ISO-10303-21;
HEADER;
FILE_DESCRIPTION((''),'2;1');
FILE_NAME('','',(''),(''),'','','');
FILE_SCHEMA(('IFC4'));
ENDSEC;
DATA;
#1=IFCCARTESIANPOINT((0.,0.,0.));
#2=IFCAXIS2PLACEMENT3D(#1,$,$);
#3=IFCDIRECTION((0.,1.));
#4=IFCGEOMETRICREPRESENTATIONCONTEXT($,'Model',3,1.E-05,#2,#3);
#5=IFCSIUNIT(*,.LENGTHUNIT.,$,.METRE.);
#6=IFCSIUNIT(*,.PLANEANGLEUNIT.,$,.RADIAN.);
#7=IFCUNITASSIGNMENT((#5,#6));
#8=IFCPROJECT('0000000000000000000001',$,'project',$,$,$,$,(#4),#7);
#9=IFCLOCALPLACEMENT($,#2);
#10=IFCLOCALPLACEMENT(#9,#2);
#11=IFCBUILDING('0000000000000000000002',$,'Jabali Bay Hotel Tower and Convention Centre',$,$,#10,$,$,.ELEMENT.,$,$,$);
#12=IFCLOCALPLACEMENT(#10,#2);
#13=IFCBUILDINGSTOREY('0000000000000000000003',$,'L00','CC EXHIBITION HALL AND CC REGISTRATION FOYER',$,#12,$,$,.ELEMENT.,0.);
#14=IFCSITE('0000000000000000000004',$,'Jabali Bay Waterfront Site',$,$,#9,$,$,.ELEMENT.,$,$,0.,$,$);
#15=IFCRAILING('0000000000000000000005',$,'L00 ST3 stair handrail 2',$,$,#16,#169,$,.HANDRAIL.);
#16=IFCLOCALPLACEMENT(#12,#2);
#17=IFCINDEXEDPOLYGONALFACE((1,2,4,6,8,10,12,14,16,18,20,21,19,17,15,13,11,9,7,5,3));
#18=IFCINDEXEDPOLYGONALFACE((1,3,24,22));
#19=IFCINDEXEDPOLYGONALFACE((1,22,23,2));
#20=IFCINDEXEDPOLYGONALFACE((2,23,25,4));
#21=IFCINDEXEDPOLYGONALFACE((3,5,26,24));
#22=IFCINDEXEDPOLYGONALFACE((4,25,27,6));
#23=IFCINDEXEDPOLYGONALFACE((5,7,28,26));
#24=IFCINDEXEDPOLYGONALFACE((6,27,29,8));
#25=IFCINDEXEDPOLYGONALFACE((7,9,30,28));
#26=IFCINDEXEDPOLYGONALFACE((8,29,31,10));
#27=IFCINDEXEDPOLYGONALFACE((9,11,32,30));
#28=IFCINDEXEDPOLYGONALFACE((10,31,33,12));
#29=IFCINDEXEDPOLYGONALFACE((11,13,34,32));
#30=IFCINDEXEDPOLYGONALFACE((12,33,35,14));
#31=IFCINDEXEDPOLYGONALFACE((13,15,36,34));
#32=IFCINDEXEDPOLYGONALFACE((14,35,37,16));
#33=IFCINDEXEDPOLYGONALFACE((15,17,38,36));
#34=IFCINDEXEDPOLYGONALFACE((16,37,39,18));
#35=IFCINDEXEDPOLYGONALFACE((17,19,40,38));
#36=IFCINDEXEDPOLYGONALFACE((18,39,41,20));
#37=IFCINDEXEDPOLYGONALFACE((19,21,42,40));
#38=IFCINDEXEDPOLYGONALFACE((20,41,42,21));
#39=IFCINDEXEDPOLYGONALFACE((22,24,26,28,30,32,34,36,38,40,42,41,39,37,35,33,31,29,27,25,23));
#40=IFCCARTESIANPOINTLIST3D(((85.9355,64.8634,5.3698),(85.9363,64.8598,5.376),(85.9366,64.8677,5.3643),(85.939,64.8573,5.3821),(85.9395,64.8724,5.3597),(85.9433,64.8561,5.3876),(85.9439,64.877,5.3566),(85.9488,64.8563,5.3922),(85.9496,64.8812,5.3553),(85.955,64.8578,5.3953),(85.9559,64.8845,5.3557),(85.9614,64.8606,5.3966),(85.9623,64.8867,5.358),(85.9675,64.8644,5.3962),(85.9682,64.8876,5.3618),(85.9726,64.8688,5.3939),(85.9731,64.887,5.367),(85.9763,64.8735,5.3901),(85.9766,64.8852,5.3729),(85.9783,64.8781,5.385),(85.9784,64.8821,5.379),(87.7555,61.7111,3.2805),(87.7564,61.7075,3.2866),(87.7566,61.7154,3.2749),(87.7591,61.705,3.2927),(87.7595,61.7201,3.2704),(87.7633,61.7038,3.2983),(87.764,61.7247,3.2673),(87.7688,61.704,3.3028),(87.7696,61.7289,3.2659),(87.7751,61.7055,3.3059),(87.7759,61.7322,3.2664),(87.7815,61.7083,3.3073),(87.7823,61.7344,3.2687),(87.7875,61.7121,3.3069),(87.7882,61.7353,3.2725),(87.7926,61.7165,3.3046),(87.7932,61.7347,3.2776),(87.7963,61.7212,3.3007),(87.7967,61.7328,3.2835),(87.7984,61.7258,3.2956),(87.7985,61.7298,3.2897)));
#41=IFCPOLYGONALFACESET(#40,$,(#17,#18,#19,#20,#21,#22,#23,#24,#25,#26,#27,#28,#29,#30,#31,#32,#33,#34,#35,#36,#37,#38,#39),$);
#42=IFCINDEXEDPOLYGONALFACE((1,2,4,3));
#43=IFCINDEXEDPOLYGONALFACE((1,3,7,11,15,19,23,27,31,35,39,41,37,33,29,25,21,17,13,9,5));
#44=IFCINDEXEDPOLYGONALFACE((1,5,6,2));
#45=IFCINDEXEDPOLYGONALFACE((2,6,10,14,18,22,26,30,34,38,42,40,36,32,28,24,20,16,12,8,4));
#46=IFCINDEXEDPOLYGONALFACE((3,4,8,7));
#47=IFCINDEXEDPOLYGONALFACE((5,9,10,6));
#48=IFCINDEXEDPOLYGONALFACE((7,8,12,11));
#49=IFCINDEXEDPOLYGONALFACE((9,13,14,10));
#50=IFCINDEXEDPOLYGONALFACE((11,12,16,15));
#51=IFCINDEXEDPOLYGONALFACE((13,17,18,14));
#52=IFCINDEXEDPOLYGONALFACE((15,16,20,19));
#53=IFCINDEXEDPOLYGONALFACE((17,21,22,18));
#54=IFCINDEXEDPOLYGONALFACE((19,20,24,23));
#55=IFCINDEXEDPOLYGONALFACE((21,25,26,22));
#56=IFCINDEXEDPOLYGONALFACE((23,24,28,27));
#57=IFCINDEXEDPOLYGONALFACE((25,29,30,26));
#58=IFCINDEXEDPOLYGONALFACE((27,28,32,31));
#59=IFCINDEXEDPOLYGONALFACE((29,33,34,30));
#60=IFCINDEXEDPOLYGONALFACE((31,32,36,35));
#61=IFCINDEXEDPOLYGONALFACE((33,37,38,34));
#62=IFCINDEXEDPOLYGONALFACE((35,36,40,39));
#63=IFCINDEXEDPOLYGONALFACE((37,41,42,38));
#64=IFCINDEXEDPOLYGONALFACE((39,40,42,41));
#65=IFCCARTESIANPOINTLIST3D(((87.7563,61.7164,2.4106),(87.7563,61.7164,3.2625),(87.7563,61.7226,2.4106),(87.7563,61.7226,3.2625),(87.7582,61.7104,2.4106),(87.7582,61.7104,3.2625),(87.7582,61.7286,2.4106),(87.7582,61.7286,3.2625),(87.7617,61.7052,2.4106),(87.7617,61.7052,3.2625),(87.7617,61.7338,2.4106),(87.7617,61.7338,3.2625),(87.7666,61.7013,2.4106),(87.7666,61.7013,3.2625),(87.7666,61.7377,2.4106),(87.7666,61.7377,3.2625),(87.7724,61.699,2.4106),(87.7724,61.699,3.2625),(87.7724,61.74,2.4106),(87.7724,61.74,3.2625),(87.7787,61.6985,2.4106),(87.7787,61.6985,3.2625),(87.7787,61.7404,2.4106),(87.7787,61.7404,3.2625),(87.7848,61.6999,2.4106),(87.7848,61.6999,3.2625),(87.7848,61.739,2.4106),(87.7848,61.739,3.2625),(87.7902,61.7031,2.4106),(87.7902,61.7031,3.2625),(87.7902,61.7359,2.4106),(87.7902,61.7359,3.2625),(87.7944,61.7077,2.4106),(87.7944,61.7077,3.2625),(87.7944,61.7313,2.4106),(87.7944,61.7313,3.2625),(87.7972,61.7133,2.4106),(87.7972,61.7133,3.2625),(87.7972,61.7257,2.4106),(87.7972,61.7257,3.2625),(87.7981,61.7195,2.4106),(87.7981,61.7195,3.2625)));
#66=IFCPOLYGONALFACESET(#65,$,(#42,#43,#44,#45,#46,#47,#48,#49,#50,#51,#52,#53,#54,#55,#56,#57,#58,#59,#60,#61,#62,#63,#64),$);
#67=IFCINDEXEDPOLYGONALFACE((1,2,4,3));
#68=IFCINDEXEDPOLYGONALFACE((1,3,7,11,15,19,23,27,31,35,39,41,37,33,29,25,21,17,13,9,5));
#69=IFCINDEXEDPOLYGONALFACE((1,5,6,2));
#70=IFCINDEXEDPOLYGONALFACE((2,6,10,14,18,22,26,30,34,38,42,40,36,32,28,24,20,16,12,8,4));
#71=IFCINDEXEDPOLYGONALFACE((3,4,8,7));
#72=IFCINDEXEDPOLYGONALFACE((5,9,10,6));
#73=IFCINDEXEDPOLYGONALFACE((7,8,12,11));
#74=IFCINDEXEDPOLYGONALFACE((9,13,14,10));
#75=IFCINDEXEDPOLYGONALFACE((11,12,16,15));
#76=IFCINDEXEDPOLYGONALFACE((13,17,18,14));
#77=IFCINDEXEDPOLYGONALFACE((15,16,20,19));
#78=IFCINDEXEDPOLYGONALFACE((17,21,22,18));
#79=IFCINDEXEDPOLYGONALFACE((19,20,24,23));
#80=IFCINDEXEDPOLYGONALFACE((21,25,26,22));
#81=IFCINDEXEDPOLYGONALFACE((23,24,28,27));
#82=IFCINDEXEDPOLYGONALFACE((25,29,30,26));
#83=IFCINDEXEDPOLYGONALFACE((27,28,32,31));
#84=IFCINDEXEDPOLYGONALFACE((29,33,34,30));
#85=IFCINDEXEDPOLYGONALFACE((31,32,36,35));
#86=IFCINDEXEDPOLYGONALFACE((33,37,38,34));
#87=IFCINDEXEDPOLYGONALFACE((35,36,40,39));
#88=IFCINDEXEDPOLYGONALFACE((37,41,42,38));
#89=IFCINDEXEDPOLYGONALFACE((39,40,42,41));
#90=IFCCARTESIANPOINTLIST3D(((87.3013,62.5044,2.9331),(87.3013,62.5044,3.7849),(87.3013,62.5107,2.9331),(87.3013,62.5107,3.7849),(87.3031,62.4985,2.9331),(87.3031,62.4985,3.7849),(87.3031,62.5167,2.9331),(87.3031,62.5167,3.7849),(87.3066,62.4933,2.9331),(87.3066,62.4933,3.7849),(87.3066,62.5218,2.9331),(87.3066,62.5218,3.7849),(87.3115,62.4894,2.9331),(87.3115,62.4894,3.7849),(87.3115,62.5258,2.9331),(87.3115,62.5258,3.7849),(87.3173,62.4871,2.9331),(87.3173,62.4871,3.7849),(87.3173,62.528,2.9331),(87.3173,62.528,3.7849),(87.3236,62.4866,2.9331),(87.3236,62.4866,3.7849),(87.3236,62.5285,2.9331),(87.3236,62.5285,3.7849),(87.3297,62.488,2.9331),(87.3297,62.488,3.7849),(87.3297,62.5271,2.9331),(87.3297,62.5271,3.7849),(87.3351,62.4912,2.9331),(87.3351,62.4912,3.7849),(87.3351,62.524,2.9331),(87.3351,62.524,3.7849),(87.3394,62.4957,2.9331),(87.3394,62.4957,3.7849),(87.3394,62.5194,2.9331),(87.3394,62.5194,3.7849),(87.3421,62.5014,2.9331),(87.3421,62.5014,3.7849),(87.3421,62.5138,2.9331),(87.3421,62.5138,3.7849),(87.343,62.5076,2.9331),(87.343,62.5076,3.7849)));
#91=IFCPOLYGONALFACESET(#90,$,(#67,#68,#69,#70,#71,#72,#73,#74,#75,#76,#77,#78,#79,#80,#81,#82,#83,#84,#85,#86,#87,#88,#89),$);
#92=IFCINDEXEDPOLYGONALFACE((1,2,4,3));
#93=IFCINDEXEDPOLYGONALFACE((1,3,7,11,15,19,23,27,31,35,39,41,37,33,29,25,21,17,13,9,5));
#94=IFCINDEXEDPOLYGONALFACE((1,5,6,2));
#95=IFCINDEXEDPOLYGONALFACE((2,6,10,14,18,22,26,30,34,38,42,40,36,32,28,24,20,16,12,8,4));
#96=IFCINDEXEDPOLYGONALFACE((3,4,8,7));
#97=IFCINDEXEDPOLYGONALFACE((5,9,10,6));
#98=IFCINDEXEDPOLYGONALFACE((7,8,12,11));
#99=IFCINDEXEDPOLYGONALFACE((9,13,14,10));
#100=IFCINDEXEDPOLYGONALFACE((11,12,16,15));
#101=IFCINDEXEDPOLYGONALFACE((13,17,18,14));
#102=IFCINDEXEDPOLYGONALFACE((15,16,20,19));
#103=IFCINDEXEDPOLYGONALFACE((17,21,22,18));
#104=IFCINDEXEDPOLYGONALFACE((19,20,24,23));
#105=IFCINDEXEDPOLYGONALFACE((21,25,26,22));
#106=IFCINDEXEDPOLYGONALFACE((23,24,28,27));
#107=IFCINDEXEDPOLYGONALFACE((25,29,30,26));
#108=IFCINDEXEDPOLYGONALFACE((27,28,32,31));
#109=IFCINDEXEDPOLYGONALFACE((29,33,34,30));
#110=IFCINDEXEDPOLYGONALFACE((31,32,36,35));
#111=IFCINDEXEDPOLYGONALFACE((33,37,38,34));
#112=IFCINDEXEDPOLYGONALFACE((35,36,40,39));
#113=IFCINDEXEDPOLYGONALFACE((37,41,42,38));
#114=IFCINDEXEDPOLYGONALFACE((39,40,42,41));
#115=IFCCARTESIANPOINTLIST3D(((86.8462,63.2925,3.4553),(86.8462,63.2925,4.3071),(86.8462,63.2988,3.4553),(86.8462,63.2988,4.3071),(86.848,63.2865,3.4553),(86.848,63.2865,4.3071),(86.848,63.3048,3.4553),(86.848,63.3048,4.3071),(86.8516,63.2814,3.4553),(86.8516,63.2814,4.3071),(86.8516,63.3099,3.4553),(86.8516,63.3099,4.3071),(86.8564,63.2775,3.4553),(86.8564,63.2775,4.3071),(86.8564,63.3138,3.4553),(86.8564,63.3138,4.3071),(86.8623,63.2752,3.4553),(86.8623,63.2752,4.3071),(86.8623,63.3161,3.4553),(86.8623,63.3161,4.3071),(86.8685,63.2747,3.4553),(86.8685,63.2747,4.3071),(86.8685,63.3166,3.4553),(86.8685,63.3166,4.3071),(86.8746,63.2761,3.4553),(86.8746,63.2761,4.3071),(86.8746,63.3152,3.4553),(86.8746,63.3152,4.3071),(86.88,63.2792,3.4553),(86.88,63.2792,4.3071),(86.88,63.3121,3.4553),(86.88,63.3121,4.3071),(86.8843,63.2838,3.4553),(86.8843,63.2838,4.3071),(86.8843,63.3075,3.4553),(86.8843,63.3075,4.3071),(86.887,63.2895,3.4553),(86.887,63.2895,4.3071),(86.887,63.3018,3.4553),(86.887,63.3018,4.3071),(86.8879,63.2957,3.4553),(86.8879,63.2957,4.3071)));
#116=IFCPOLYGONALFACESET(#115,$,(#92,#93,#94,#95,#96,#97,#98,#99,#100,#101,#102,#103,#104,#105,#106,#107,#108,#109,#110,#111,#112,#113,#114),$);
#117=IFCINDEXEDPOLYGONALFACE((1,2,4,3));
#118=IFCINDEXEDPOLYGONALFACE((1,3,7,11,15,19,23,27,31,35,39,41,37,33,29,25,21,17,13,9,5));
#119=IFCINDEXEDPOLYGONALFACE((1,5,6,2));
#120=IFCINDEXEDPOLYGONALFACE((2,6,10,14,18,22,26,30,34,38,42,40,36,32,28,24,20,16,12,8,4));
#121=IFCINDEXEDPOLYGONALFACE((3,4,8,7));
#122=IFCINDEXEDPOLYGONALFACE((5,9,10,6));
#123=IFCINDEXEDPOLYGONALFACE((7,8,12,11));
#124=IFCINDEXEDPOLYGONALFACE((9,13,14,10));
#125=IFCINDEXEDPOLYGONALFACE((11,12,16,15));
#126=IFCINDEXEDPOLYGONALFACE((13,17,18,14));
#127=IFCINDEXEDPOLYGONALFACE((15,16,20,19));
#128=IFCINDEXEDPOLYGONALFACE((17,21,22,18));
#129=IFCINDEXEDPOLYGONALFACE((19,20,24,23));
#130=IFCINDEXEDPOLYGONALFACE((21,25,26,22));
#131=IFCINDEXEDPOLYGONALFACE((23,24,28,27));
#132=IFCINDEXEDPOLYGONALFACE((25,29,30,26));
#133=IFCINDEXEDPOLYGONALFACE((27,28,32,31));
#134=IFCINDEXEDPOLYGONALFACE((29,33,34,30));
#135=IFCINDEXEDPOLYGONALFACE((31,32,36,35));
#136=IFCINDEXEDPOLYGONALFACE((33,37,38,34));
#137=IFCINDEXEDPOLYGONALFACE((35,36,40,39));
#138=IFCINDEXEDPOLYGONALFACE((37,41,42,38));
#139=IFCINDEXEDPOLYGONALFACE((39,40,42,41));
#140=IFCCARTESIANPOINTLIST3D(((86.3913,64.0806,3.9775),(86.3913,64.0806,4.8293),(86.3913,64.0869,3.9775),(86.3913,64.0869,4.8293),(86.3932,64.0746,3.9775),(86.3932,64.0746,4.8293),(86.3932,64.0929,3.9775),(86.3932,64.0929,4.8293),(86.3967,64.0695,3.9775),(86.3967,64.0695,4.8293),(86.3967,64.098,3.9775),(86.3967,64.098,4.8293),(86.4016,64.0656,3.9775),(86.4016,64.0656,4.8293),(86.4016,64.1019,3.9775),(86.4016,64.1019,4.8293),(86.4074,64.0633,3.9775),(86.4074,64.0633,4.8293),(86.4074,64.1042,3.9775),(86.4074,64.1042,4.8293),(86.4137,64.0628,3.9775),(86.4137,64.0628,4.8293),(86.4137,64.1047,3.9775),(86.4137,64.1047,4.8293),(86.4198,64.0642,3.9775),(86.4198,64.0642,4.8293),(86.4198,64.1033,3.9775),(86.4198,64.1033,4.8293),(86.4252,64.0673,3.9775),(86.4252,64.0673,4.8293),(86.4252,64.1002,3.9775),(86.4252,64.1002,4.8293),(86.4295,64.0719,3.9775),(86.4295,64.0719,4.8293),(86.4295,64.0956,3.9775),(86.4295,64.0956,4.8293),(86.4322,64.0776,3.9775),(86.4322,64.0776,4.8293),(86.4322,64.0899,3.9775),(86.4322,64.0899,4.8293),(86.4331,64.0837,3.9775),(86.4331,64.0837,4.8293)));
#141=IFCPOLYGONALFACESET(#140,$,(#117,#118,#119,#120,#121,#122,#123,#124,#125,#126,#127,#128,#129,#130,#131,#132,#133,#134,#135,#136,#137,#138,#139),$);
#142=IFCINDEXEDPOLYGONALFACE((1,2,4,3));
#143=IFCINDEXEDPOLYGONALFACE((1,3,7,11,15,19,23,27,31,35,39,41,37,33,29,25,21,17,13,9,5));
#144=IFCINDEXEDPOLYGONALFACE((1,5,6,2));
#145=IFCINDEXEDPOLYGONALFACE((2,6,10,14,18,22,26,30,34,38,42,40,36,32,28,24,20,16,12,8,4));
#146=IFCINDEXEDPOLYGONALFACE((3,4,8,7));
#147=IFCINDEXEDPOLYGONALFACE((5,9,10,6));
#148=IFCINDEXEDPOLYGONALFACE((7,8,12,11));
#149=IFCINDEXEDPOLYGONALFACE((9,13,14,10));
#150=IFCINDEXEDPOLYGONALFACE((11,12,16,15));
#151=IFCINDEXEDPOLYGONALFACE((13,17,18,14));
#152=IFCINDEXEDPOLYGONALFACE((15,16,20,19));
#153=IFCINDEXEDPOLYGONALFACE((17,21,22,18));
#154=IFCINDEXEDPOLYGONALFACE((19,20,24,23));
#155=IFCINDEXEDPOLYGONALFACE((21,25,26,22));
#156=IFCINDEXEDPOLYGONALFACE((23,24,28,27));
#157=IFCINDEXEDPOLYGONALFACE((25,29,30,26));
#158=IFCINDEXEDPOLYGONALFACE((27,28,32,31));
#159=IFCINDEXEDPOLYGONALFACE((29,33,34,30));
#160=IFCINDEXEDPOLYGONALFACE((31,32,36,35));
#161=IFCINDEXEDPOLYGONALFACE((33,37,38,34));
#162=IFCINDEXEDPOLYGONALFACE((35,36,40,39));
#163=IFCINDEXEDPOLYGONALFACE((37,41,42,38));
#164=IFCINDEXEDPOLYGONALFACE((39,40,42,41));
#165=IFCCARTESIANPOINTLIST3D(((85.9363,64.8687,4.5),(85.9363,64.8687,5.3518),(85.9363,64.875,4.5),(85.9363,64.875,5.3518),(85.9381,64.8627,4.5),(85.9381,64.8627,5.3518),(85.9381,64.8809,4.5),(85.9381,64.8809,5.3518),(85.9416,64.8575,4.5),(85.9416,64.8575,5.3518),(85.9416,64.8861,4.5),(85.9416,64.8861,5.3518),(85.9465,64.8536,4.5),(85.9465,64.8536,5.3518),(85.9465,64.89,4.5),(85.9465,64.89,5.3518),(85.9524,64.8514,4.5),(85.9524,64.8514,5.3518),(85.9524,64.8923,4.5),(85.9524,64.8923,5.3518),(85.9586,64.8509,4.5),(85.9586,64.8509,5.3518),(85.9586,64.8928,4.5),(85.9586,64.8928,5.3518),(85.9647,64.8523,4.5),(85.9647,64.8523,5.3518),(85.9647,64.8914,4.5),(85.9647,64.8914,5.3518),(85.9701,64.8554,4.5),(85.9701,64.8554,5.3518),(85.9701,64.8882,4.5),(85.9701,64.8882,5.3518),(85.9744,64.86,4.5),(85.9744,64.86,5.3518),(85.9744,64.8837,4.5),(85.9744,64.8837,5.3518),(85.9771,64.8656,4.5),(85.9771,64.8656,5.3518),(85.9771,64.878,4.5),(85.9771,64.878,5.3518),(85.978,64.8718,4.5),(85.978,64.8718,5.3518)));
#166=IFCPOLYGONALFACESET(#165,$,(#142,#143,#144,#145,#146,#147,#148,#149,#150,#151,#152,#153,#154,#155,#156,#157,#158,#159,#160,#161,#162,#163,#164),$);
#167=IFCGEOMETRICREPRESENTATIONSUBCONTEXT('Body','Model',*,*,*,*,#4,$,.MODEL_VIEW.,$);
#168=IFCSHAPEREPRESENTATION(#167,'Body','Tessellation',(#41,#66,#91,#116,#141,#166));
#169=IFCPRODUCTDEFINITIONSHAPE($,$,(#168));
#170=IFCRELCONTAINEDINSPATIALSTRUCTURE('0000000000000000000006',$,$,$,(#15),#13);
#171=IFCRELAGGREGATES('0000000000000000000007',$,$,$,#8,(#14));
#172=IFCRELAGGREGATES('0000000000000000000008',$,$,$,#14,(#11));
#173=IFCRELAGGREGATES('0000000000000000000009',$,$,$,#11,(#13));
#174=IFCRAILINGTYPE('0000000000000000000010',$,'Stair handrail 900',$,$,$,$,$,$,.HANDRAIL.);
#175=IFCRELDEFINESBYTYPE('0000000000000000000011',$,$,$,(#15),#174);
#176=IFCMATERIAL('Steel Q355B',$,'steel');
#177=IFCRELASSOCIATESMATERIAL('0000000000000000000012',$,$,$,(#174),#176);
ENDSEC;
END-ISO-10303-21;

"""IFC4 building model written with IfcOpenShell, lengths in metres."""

from ifc_helpers import new_model, si_unit, direction, frame, origin, origin_2d, place, context, subcontext, project, spatial, circle, extrude, material, type_object, element, save


model = new_model("IFC4")

# Units and contexts
model_context = context("Model", 3, precision=1e-05, world=origin(), true_north=direction((0.0, 1.0)))
body_context = subcontext(model_context, "Body", "Model", "MODEL_VIEW")
ifc_project = project(units=[si_unit("LENGTHUNIT", "METRE"), si_unit("PLANEANGLEUNIT", "RADIAN")], contexts=[model_context])

# Site, building, storey
site_placement = place(None, origin())
site = spatial("IfcSite", under=ifc_project, at=site_placement, Name="Jabali Bay Waterfront Site", CompositionType="ELEMENT", RefElevation=0.0)
building_placement = place(site_placement, origin())
building = spatial("IfcBuilding", under=site, at=building_placement, Name="Jabali Bay Hotel Tower and Convention Centre", CompositionType="ELEMENT")
storey_placement = place(building_placement, origin())
storey = spatial("IfcBuildingStorey", under=building, at=storey_placement, Name="L00", Description="CC EXHIBITION HALL AND CC REGISTRATION FOYER", CompositionType="ELEMENT", Elevation=0.0)

# Railing
ifc_material_1 = material(Name="Steel Q355B", Category="steel")
railing_type_1 = type_object("IfcRailingType", Name="Stair handrail 900", PredefinedType="HANDRAIL", material=ifc_material_1)
for number, where, name in (
    (1, (87.7771, 61.7195, 2.4106), "L00 ST3 stair handrail 2"),
):
    element("IfcRailing", number, at=place(storey_placement, frame(where)), inside=storey, type_object=railing_type_1, Name=name, PredefinedType="HANDRAIL", context=body_context, shape_type="SweptSolid", body=[
        extrude(circle(Radius=0.0239, at=origin_2d()), frame((0.0, 0.0, 0.876), z_axis=(-0.433653, 0.751084, 0.497814), x_axis=(-0.866018, -0.500013, 0.0)), (0.0, 0.0, 1.0), 4.197),
        extrude(circle(Radius=0.021, at=origin_2d()), origin(), (0.0, 0.0, 1.0), 0.8518),
        extrude(circle(Radius=0.021, at=origin_2d()), frame((-0.4551, 0.7881, 0.5225)), (0.0, 0.0, 1.0), 0.8518),
        extrude(circle(Radius=0.021, at=origin_2d()), frame((-0.9102, 1.5762, 1.0447)), (0.0, 0.0, 1.0), 0.8518),
        extrude(circle(Radius=0.021, at=origin_2d()), frame((-1.365, 2.3643, 1.5669)), (0.0, 0.0, 1.0), 0.8518),
        extrude(circle(Radius=0.021, at=origin_2d()), frame((-1.8201, 3.1523, 2.0894)), (0.0, 0.0, 1.0), 0.8518),
    ])

save(model, "model.ifc")
